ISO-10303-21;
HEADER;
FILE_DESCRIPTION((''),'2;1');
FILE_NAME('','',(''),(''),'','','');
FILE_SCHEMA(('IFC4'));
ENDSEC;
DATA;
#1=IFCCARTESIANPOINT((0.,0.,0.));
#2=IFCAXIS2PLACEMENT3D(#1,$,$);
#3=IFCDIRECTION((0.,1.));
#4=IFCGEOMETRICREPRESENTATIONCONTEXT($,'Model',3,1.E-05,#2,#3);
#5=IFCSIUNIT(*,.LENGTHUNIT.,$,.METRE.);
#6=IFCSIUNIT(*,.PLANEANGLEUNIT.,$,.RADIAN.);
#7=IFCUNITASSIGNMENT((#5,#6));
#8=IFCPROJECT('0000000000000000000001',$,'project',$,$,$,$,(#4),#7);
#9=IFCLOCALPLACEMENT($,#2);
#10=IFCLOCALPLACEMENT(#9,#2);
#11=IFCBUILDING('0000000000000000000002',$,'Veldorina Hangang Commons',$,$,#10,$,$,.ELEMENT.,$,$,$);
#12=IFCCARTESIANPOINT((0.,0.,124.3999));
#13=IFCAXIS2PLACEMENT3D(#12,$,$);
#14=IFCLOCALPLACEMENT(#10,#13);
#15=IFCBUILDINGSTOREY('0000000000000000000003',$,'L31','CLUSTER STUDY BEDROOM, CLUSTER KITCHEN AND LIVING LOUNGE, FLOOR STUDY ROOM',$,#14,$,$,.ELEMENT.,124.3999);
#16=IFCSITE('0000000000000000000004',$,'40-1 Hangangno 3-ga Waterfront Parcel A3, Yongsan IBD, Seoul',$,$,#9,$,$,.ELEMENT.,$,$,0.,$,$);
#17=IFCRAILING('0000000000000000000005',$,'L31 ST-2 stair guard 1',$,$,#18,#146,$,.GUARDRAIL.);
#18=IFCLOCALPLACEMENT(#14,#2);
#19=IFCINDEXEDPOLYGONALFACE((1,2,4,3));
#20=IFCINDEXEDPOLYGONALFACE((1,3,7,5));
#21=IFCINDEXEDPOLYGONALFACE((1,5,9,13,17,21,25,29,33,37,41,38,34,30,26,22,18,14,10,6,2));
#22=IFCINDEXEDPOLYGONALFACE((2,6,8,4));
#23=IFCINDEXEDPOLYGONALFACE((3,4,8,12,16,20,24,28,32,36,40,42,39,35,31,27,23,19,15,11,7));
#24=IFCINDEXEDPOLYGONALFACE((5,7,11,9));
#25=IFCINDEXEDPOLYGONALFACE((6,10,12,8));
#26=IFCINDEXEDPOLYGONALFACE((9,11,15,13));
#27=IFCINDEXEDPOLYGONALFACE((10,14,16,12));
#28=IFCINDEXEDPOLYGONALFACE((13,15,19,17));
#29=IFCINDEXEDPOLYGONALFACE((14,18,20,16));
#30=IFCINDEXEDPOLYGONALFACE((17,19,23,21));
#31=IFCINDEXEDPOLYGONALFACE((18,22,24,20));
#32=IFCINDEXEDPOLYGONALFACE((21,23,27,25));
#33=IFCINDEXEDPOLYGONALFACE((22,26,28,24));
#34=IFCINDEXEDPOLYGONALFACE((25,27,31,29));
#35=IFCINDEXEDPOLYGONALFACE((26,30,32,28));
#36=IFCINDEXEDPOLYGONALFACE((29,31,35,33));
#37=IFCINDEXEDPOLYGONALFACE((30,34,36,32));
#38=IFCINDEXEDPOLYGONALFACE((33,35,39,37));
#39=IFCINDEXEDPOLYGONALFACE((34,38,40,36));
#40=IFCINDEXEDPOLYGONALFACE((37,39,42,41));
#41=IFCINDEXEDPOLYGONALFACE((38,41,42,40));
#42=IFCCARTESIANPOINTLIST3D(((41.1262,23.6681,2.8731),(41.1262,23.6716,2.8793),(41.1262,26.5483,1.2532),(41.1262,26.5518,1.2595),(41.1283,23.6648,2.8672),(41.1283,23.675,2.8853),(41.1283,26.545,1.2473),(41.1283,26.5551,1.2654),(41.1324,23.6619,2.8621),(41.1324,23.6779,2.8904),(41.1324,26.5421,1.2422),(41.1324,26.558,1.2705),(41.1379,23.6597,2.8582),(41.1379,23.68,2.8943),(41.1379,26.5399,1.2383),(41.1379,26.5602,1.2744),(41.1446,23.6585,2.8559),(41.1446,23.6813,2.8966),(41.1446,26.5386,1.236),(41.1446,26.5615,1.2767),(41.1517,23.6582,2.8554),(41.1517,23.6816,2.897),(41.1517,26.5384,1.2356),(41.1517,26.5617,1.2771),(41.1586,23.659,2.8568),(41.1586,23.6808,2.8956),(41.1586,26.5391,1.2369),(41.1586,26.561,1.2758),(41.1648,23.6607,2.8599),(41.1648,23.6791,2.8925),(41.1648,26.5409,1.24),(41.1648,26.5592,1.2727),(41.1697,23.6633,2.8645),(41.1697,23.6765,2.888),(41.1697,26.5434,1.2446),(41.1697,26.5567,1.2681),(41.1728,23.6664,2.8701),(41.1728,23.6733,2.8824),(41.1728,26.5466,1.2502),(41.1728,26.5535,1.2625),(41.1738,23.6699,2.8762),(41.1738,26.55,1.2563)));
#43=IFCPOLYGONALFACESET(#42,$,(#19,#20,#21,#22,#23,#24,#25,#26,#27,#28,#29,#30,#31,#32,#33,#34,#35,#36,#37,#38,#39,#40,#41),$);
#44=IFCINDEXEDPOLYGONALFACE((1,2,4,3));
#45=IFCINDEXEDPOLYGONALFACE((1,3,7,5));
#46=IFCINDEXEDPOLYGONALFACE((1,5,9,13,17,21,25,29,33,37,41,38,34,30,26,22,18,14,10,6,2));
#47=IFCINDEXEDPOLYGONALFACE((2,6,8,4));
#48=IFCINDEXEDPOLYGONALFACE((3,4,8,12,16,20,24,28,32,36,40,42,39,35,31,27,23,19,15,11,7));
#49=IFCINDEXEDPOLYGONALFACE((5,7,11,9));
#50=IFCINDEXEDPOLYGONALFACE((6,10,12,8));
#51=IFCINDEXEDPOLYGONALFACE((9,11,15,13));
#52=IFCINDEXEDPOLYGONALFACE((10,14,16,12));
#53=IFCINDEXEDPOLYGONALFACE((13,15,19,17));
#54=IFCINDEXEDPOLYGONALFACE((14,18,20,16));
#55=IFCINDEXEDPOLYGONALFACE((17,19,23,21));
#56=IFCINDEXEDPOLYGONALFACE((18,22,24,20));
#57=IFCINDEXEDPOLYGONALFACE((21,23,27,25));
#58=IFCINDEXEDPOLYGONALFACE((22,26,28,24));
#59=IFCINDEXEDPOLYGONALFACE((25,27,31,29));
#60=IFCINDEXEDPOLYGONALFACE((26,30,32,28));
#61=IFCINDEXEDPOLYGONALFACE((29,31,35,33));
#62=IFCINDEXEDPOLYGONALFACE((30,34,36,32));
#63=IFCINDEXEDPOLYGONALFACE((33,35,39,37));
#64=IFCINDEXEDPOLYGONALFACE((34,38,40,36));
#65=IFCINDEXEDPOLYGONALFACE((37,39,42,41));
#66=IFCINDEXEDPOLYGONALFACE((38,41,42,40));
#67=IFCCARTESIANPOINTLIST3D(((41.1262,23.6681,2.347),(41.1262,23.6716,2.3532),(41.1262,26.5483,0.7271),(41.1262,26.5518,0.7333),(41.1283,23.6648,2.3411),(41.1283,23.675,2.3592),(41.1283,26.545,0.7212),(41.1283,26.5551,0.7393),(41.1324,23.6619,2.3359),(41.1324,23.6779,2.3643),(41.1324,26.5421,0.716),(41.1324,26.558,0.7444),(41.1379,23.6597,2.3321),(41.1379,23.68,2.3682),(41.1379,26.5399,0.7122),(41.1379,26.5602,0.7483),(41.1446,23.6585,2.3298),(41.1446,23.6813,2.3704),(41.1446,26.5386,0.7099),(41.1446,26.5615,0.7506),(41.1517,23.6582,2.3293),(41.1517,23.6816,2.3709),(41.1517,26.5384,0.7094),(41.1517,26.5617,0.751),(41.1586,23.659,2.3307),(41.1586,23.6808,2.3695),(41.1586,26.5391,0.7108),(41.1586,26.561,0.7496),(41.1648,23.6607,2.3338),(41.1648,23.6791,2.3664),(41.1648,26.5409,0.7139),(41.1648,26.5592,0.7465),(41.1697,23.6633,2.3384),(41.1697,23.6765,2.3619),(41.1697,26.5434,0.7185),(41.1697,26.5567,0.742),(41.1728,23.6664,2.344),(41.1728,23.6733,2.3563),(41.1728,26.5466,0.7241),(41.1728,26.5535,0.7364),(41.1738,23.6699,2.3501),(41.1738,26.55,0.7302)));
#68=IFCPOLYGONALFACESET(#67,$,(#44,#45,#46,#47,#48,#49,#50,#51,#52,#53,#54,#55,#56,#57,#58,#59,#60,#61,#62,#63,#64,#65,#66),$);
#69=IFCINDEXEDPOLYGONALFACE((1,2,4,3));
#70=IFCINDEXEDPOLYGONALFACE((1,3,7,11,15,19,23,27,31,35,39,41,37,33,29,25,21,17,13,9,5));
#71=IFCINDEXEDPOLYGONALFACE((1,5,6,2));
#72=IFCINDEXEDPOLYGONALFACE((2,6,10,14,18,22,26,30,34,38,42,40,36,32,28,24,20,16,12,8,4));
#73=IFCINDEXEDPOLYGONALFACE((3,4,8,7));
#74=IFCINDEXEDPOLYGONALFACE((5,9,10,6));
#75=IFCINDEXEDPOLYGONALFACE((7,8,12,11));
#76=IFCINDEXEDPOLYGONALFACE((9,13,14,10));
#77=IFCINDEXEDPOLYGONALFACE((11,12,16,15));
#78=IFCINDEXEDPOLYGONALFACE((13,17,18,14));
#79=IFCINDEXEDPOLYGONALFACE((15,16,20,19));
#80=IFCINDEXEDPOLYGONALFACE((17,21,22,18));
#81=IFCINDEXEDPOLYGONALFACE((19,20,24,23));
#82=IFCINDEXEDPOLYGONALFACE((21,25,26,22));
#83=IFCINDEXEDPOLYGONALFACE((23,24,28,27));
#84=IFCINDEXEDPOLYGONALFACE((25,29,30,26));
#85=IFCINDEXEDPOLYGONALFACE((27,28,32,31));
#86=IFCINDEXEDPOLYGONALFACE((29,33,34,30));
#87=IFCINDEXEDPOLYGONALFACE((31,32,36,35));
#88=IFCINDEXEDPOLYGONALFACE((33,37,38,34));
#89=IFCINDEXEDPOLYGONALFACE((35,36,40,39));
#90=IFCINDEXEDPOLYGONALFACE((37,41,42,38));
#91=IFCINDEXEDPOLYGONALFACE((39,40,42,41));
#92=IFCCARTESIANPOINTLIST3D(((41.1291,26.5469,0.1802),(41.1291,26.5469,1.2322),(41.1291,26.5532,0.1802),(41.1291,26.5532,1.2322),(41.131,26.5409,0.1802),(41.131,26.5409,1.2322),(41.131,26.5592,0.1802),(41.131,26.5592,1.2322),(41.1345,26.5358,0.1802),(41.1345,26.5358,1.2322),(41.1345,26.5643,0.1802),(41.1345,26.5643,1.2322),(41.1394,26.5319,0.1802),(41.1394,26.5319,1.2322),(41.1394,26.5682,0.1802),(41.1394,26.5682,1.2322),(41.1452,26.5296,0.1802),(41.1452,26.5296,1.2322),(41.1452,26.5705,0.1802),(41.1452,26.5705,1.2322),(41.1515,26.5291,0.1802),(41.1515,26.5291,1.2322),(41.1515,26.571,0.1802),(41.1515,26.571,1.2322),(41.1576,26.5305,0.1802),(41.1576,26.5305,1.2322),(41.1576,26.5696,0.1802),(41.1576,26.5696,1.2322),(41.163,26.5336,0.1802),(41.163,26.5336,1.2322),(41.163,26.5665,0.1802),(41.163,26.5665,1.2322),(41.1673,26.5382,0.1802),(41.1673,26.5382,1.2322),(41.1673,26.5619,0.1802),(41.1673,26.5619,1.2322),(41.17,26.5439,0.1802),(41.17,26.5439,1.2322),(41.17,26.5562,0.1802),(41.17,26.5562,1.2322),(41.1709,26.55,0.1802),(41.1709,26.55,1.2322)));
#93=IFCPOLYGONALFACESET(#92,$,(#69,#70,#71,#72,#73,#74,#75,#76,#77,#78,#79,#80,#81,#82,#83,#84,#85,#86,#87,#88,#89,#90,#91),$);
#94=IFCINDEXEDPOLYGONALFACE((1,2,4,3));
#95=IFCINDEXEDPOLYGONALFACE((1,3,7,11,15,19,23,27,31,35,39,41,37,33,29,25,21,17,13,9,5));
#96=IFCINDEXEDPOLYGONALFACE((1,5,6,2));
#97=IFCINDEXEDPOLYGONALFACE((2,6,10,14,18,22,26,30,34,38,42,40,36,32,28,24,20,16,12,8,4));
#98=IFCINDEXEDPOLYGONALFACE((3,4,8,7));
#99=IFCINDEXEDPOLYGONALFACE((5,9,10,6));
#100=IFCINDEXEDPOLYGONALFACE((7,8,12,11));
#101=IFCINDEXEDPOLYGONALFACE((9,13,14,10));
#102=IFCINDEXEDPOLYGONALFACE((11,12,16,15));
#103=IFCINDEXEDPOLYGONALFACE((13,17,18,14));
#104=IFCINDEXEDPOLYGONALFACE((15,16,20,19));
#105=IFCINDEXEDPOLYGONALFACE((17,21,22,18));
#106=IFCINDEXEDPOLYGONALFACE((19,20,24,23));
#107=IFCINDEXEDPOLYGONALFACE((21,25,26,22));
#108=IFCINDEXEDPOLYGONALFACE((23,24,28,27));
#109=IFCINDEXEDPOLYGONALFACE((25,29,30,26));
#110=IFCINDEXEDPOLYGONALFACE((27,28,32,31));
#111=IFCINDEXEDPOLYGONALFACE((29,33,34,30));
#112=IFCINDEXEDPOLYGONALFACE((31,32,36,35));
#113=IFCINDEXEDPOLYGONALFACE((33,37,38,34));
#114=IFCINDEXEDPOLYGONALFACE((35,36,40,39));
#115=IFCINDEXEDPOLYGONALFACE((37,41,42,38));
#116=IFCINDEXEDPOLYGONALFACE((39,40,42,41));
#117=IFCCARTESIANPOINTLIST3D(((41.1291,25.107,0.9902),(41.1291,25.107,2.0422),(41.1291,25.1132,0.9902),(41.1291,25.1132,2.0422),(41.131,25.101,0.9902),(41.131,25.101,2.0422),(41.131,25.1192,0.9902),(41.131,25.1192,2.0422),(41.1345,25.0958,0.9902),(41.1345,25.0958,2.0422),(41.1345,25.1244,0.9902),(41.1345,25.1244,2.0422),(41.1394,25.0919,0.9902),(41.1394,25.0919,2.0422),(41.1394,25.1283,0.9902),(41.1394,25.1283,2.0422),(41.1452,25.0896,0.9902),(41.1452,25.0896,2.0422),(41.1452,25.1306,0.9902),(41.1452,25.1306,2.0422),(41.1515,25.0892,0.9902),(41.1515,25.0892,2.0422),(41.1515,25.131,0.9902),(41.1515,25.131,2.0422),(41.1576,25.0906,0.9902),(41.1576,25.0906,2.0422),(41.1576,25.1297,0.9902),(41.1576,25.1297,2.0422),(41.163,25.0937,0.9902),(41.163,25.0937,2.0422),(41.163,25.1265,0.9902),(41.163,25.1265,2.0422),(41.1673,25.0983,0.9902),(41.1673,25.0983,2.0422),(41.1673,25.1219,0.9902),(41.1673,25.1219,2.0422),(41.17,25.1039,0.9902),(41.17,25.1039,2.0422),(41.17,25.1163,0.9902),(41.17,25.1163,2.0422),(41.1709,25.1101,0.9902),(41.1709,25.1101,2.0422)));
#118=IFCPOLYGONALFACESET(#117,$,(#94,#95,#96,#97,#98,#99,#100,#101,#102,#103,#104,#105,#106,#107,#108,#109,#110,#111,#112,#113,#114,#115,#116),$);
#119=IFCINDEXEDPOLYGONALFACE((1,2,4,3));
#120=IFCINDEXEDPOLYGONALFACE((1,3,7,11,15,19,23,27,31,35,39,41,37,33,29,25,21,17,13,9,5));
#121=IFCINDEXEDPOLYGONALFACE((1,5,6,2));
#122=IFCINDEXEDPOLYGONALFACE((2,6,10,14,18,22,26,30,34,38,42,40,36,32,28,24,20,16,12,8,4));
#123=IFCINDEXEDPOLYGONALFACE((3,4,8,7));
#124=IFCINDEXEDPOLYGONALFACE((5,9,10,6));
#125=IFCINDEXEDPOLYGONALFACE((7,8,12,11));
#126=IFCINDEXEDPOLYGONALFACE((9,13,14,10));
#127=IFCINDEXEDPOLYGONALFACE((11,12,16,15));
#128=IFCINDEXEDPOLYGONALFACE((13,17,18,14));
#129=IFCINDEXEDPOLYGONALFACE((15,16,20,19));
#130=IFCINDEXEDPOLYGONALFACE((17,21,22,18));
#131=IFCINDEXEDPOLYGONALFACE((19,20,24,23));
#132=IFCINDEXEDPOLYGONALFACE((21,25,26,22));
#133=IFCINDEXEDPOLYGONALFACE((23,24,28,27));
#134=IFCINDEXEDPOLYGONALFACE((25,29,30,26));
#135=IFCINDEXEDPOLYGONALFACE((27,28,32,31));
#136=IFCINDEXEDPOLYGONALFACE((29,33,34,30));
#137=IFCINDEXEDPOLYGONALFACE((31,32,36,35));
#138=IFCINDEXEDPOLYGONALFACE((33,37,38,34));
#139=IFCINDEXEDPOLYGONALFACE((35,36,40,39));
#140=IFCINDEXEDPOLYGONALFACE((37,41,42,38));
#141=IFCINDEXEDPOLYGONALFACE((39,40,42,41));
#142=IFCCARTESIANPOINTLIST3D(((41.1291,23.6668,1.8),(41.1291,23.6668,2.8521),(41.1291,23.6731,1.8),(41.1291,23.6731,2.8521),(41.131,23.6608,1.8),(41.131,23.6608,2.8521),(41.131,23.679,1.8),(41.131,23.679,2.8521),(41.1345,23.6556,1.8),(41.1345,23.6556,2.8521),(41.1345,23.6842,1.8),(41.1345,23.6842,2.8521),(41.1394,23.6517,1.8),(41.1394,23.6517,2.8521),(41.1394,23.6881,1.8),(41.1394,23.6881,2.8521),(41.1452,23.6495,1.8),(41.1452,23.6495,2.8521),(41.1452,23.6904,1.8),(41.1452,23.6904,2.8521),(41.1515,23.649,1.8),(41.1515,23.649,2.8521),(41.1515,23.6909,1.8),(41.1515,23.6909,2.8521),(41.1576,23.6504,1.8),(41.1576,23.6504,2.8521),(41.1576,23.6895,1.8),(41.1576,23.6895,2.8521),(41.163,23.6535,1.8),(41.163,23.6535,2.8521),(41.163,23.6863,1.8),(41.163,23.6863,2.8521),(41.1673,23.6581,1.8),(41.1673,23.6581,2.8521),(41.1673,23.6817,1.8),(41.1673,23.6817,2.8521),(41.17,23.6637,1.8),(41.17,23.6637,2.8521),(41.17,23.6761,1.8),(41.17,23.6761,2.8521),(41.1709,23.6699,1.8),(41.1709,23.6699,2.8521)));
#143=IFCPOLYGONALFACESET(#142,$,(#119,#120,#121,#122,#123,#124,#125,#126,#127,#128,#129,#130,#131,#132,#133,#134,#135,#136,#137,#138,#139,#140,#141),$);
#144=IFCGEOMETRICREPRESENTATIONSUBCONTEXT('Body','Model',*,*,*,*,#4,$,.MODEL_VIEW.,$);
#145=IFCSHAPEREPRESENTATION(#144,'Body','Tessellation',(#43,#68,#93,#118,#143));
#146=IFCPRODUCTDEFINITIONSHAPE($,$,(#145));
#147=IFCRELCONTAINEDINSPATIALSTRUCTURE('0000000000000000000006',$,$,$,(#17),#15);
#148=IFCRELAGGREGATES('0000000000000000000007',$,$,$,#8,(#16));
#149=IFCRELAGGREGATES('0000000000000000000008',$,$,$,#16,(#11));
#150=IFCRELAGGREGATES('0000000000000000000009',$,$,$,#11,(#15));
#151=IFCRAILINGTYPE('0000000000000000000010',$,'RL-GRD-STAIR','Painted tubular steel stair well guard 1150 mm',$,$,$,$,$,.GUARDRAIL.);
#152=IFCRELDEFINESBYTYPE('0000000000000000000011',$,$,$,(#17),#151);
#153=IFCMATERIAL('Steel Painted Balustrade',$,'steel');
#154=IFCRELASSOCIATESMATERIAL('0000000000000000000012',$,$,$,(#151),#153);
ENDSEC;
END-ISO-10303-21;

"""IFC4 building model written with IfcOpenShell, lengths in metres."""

from ifc_helpers import new_model, si_unit, direction, frame, origin, origin_2d, place, context, subcontext, project, spatial, circle, extrude, material, type_object, element, save


model = new_model("IFC4")

# Units and contexts
model_context = context("Model", 3, precision=1e-05, world=origin(), true_north=direction((0.0, 1.0)))
body_context = subcontext(model_context, "Body", "Model", "MODEL_VIEW")
ifc_project = project(units=[si_unit("LENGTHUNIT", "METRE"), si_unit("PLANEANGLEUNIT", "RADIAN")], contexts=[model_context])

# Site, building, storey
site_placement = place(None, origin())
site = spatial("IfcSite", under=ifc_project, at=site_placement, Name="40-1 Hangangno 3-ga Waterfront Parcel A3, Yongsan IBD, Seoul", CompositionType="ELEMENT", RefElevation=0.0)
building_placement = place(site_placement, origin())
building = spatial("IfcBuilding", under=site, at=building_placement, Name="Veldorina Hangang Commons", CompositionType="ELEMENT")
storey_placement = place(building_placement, frame((0.0, 0.0, 124.3999)))
storey = spatial("IfcBuildingStorey", under=building, at=storey_placement, Name="L31", Description="CLUSTER STUDY BEDROOM, CLUSTER KITCHEN AND LIVING LOUNGE, FLOOR STUDY ROOM", CompositionType="ELEMENT", Elevation=124.3999)

# Railing
ifc_material_1 = material(Name="Steel Painted Balustrade", Category="steel")
railing_type_1 = type_object("IfcRailingType", Name="RL-GRD-STAIR", Description="Painted tubular steel stair well guard 1150 mm", PredefinedType="GUARDRAIL", material=ifc_material_1)
railing_1_placement = place(storey_placement, frame((41.1499, 26.55, 0.1802)))
element("IfcRailing", 1, at=railing_1_placement, inside=storey, type_object=railing_type_1, Name="L31 ST-2 stair guard 1", PredefinedType="GUARDRAIL", context=body_context, shape_type="SweptSolid", body=[
    extrude(circle(Radius=0.0239, at=origin_2d()), frame((0.0, 0.0, 1.0762), z_axis=(0.0, -0.871601, 0.490216), x_axis=(1.0, 0.0, 0.0)), (0.0, 0.0, 1.0), 3.3044),
    extrude(circle(Radius=0.0239, at=origin_2d()), frame((0.0, 0.0, 0.55), z_axis=(0.0, -0.871601, 0.490216), x_axis=(1.0, 0.0, 0.0)), (0.0, 0.0, 1.0), 3.3044),
    extrude(circle(Radius=0.021, at=origin_2d()), origin(), (0.0, 0.0, 1.0), 1.052),
    extrude(circle(Radius=0.021, at=origin_2d()), frame((0.0, -1.4399, 0.8101)), (0.0, 0.0, 1.0), 1.052),
    extrude(circle(Radius=0.021, at=origin_2d()), frame((0.0, -2.8801, 1.6199)), (0.0, 0.0, 1.0), 1.052),
])

save(model, "model.ifc")
